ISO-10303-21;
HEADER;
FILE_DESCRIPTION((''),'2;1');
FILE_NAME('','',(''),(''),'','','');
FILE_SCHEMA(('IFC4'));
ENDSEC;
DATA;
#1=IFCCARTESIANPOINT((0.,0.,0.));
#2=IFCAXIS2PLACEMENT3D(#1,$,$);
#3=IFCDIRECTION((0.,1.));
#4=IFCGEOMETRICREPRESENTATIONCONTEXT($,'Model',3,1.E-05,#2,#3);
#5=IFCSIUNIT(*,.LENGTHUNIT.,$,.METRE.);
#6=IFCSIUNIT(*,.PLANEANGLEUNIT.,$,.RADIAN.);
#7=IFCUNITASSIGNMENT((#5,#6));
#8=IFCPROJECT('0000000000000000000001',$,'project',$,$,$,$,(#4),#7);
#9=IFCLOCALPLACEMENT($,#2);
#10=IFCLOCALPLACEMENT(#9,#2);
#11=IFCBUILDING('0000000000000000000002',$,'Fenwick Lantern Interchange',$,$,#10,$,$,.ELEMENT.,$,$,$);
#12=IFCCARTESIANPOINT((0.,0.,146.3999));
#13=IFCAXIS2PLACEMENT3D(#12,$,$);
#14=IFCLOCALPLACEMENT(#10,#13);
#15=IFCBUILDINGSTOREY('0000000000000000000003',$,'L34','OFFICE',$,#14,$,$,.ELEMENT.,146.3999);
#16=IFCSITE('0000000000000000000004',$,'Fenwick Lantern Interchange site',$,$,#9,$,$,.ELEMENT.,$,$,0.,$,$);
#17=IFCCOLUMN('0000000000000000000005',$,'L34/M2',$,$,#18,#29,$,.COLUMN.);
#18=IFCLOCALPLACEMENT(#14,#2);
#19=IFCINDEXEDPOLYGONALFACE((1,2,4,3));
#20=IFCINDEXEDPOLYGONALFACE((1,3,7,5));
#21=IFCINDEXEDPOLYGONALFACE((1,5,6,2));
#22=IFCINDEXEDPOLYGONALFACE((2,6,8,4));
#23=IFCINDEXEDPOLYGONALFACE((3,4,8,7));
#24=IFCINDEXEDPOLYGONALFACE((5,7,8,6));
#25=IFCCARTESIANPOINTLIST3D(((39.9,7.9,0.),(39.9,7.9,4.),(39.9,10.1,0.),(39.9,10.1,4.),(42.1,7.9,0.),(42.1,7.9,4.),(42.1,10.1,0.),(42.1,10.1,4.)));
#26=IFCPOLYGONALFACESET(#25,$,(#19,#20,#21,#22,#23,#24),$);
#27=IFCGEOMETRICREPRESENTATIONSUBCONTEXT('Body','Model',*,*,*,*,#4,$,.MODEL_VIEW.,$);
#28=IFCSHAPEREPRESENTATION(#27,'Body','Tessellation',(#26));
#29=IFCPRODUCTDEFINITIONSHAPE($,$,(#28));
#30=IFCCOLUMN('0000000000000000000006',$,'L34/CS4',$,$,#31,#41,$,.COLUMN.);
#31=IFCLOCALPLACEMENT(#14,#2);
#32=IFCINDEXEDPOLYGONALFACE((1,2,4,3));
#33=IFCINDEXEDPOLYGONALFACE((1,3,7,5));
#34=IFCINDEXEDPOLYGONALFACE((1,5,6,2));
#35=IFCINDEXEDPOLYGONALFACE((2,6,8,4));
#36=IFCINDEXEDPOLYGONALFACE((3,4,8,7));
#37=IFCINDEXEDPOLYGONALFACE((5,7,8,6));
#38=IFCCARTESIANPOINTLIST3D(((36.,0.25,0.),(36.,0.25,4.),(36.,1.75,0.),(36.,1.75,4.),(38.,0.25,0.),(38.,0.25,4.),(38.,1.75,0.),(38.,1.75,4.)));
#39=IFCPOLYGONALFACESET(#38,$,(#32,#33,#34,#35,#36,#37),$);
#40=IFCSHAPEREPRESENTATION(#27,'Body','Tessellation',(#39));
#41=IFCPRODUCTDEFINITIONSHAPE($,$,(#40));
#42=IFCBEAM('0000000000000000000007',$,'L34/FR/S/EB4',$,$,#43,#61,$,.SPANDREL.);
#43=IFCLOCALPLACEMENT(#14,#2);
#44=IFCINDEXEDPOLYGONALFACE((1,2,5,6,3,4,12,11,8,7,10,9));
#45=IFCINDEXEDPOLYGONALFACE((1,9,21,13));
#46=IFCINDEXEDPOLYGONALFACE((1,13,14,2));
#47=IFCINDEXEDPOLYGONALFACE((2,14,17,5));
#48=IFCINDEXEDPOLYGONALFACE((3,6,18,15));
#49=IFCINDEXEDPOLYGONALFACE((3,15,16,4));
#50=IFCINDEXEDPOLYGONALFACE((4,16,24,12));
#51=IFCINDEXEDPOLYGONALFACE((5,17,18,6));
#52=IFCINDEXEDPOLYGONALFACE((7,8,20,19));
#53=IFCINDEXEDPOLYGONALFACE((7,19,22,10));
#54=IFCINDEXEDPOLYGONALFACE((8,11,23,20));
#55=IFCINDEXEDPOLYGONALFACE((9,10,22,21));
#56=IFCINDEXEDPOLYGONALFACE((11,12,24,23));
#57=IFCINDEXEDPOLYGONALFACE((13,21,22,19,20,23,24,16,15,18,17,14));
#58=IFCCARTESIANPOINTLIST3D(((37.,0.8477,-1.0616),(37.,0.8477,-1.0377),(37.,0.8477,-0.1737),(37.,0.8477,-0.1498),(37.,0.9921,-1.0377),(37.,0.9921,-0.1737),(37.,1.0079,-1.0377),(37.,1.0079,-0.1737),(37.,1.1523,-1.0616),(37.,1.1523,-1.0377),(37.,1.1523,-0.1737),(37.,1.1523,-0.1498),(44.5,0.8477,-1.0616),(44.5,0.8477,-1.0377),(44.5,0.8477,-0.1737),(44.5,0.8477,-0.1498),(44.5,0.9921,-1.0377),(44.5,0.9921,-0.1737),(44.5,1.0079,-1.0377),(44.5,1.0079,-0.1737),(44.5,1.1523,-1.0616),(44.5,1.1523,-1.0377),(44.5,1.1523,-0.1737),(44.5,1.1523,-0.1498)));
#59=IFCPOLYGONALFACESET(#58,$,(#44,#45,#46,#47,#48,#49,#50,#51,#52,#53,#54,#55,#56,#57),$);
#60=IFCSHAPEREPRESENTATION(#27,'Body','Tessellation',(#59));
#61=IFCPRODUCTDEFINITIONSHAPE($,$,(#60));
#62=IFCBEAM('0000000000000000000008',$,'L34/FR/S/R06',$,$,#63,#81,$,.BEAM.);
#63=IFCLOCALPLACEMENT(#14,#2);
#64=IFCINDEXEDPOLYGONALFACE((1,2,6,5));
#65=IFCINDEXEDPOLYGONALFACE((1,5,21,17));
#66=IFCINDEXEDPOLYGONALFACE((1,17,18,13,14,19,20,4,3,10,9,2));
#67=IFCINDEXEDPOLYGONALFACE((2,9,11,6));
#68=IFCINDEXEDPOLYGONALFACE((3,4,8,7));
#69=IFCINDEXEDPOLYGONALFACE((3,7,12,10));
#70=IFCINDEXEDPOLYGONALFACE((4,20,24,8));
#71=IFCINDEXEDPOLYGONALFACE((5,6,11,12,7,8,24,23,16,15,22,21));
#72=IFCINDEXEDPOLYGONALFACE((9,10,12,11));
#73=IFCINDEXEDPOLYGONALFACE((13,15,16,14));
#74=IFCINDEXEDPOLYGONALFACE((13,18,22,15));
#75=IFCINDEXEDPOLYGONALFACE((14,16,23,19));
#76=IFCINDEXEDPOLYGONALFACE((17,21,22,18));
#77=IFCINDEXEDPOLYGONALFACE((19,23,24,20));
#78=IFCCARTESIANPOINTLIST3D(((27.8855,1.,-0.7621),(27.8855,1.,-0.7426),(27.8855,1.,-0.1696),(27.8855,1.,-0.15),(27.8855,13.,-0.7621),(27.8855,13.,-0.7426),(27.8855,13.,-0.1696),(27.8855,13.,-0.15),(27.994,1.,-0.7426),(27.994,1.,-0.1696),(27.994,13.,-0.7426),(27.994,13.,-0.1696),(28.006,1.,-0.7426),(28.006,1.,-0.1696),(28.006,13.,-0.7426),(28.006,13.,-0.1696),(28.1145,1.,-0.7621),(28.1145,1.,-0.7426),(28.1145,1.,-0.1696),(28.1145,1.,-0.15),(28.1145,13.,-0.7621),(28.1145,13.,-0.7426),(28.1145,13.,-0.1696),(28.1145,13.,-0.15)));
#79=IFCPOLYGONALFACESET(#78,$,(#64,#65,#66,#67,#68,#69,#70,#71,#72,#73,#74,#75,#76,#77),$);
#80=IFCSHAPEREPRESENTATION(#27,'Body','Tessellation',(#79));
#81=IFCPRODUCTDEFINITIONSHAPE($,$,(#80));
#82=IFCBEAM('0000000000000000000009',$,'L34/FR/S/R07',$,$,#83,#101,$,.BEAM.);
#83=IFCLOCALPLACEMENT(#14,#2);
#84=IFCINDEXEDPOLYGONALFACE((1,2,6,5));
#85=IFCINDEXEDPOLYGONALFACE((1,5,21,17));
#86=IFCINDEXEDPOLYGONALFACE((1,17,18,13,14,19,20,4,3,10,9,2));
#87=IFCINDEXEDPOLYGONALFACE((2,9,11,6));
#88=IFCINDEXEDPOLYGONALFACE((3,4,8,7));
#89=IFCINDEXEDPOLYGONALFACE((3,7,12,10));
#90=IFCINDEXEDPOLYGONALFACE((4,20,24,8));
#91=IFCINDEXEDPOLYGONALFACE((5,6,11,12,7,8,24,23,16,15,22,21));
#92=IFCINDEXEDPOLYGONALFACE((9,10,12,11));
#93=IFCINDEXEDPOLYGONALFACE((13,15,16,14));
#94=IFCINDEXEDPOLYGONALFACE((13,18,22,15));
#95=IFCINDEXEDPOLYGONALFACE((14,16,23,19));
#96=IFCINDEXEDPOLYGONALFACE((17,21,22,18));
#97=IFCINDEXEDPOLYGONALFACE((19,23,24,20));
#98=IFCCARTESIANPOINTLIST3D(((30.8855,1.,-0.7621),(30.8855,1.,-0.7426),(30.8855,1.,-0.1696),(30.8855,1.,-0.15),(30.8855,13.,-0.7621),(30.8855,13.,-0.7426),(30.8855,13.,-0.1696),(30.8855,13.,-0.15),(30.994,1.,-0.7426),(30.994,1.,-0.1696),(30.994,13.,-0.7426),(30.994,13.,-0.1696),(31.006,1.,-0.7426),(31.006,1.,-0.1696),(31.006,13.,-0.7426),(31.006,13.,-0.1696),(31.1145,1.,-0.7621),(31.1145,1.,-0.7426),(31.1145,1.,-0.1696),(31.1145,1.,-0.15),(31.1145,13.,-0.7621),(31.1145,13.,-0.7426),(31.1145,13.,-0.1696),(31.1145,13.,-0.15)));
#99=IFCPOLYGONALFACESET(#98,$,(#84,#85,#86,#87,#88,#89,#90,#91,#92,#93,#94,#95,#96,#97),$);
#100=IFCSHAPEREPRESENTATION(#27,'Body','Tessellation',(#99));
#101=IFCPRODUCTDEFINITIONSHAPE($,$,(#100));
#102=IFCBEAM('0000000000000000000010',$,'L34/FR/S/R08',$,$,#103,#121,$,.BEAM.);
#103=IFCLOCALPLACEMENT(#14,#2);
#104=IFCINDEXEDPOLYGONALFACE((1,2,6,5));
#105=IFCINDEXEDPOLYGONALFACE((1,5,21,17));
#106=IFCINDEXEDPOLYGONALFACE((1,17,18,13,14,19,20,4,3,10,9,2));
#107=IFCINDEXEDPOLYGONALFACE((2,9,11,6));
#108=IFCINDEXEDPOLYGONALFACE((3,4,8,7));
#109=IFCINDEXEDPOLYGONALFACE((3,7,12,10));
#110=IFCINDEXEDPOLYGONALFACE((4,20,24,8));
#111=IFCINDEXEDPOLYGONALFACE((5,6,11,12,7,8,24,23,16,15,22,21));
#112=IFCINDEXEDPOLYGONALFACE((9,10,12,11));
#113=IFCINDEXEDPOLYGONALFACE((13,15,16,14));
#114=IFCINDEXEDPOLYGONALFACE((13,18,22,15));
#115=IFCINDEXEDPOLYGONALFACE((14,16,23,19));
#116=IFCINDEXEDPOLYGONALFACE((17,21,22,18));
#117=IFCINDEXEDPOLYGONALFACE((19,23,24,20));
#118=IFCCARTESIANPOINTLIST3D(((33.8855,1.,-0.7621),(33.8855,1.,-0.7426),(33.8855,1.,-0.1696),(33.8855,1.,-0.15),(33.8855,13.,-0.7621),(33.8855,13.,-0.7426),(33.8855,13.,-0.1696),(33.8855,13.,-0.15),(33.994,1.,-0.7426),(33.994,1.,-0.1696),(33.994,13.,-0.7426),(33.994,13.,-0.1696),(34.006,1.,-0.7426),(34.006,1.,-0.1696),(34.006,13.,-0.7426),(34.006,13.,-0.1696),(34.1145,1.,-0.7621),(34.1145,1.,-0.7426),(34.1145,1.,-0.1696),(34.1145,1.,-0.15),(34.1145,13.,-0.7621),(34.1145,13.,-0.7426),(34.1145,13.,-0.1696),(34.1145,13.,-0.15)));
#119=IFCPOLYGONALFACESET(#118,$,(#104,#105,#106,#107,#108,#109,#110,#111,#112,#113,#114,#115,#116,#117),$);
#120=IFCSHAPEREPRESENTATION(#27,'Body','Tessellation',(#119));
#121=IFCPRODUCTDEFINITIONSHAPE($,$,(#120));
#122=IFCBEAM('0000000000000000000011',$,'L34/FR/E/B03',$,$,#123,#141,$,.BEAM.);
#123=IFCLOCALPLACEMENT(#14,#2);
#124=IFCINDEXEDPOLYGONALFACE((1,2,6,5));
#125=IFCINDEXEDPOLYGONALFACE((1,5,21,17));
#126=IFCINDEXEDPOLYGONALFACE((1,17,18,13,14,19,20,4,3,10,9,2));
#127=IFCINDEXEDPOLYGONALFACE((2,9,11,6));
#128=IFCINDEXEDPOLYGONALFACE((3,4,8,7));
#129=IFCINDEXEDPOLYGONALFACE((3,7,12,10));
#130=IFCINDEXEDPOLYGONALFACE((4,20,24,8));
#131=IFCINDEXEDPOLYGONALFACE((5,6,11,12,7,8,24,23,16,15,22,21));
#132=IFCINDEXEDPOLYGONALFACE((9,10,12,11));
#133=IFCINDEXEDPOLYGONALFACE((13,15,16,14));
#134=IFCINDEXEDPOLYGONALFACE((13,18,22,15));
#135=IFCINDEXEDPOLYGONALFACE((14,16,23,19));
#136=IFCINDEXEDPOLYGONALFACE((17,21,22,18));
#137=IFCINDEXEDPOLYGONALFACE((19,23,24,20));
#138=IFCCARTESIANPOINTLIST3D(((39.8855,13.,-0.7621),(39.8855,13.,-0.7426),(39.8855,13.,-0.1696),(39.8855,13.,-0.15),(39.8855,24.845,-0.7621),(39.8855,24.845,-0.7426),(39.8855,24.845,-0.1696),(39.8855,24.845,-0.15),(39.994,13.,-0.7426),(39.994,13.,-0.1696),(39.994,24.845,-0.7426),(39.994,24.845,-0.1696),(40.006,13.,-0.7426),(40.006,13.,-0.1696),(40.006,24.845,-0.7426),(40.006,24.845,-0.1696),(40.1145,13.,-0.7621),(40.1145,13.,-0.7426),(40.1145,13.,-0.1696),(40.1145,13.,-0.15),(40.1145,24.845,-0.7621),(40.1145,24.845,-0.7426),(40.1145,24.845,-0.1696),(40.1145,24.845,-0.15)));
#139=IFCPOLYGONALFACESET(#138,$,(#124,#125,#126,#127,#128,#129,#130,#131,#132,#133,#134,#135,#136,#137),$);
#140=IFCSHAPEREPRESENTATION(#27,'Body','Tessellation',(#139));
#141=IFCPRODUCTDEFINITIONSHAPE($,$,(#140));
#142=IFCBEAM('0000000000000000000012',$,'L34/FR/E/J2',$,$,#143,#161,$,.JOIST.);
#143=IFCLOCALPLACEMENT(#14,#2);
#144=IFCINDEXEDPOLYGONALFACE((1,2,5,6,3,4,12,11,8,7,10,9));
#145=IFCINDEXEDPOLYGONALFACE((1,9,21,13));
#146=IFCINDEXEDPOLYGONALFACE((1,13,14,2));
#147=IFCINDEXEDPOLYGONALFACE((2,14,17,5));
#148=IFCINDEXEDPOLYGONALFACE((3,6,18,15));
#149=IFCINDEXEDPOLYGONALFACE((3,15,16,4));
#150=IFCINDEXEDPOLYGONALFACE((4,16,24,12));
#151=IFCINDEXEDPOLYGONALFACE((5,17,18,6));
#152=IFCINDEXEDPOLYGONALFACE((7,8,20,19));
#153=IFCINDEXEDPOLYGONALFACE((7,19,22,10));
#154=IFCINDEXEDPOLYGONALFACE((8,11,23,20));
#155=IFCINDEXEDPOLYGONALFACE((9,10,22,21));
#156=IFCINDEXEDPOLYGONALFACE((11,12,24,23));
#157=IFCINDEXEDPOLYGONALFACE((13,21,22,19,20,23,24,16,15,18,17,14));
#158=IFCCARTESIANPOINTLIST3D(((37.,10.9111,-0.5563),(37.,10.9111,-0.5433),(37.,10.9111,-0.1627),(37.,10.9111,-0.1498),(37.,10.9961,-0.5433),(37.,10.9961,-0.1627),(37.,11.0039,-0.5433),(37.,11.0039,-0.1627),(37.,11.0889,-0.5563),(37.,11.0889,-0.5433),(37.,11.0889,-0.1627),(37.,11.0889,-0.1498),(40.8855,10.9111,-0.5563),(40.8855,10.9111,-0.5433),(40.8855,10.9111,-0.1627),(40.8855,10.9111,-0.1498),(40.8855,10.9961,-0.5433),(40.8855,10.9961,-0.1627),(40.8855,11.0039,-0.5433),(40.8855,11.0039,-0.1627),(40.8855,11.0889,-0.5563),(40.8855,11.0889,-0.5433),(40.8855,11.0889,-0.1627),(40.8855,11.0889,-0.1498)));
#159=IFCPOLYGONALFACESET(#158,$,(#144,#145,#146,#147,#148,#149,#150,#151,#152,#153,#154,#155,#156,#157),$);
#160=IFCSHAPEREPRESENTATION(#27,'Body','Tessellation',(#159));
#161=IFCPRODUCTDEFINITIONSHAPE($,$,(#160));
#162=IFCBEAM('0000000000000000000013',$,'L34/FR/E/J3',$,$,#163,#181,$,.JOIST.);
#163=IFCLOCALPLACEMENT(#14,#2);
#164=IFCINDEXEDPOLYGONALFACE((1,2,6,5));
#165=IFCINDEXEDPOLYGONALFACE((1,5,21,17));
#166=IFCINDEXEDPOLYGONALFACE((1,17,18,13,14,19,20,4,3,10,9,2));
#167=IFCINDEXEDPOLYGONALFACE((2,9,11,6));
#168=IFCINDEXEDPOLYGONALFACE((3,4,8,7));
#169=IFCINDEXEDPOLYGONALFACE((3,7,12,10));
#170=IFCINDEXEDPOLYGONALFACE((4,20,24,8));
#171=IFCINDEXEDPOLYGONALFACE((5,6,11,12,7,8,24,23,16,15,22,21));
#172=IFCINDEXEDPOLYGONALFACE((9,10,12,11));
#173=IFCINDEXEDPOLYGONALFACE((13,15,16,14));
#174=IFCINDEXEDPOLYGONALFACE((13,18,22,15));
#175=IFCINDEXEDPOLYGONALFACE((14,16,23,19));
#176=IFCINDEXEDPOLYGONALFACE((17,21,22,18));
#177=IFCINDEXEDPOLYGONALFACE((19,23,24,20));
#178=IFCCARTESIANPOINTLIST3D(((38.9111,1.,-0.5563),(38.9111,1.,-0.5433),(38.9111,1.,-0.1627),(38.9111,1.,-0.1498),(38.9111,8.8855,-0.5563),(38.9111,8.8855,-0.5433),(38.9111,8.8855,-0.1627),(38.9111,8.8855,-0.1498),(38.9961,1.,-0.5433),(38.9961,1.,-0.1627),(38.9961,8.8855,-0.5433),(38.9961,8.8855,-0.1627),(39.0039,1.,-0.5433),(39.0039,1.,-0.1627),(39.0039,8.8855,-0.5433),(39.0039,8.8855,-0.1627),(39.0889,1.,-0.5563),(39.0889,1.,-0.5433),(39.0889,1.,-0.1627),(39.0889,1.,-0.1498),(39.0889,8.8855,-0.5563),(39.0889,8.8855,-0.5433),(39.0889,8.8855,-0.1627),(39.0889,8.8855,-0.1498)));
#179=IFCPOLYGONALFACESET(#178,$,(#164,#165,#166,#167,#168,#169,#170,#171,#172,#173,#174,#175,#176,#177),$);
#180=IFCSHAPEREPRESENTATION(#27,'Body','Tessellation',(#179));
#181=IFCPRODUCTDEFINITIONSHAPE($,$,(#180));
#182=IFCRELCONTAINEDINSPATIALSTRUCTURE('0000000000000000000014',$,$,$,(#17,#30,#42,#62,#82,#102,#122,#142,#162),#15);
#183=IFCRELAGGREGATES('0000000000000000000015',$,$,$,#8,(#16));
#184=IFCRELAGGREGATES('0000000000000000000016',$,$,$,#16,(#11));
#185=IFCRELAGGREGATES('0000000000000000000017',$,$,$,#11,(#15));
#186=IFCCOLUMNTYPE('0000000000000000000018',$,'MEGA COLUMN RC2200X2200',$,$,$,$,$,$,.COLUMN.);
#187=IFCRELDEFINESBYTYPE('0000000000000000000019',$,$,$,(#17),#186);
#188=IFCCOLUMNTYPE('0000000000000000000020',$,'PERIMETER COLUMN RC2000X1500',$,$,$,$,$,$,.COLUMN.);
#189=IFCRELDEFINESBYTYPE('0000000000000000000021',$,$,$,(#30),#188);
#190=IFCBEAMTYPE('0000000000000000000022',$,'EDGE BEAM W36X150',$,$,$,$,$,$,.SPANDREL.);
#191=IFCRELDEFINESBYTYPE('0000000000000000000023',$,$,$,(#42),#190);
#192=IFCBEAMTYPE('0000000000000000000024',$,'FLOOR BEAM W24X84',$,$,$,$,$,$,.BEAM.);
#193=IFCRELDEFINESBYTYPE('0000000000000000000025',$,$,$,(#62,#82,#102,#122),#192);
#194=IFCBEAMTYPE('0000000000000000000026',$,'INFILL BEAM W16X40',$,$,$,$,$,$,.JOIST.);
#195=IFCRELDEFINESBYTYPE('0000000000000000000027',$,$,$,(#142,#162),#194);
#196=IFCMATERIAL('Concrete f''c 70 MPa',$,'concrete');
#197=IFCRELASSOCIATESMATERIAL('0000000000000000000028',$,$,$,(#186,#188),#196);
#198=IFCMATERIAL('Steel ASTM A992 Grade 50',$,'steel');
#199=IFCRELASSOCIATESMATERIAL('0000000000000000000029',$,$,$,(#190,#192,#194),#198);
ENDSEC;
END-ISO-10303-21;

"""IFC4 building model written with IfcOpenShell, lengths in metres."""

from ifc_helpers import new_model, si_unit, direction, frame, origin, origin_2d, place, context, subcontext, project, spatial, rectangle, i_section, extrude, material, material_profile, profile_set, type_object, element, save


model = new_model("IFC4")

# Units and contexts
model_context = context("Model", 3, precision=1e-05, world=origin(), true_north=direction((0.0, 1.0)))
body_context = subcontext(model_context, "Body", "Model", "MODEL_VIEW")
ifc_project = project(units=[si_unit("LENGTHUNIT", "METRE"), si_unit("PLANEANGLEUNIT", "RADIAN")], contexts=[model_context])

# Site, building, storey
site_placement = place(None, origin())
site = spatial("IfcSite", under=ifc_project, at=site_placement, Name="Fenwick Lantern Interchange site", CompositionType="ELEMENT", RefElevation=0.0)
building_placement = place(site_placement, origin())
building = spatial("IfcBuilding", under=site, at=building_placement, Name="Fenwick Lantern Interchange", CompositionType="ELEMENT")
storey_placement = place(building_placement, frame((0.0, 0.0, 146.3999)))
storey = spatial("IfcBuildingStorey", under=building, at=storey_placement, Name="L34", Description="OFFICE", CompositionType="ELEMENT", Elevation=146.3999)

# Columns
ifc_material_1 = material(Name="Concrete f'c 70 MPa", Category="concrete")
ifc_material_profile_1 = material_profile(ifc_material_1, rectangle(XDim=2.2, YDim=2.2, at=origin_2d()), Name="RC2200X2200")
ifc_profile_set_1 = profile_set([ifc_material_profile_1], Name="Concrete f'c 70 MPa")
column_type_1 = type_object("IfcColumnType", Name="MEGA COLUMN RC2200X2200", PredefinedType="COLUMN", material=ifc_profile_set_1)
column_1_placement = place(storey_placement, frame((41.0, 9.0, 0.0), z_axis=(0.0, 0.0, 1.0), x_axis=(1.0, 0.0, 0.0)))
element("IfcColumn", 1, at=column_1_placement, inside=storey, type_object=column_type_1, Name="L34/M2", PredefinedType="COLUMN", context=body_context, shape_type="SweptSolid", body=[
    extrude(rectangle(XDim=2.2, YDim=2.2, at=origin_2d()), origin(), (0.0, 0.0, 1.0), 4.0),
])
ifc_material_profile_2 = material_profile(ifc_material_1, rectangle(XDim=2.0, YDim=1.5, at=origin_2d()), Name="RC2000X1500")
ifc_profile_set_2 = profile_set([ifc_material_profile_2], Name="Concrete f'c 70 MPa")
column_type_2 = type_object("IfcColumnType", Name="PERIMETER COLUMN RC2000X1500", PredefinedType="COLUMN", material=ifc_profile_set_2)
column_2_placement = place(storey_placement, frame((37.0, 1.0, 0.0), z_axis=(0.0, 0.0, 1.0), x_axis=(1.0, 0.0, 0.0)))
element("IfcColumn", 2, at=column_2_placement, inside=storey, type_object=column_type_2, Name="L34/CS4", PredefinedType="COLUMN", context=body_context, shape_type="SweptSolid", body=[
    extrude(rectangle(XDim=2.0, YDim=1.5, at=origin_2d()), origin(), (0.0, 0.0, 1.0), 4.0),
])

# Beams
ifc_material_2 = material(Name="Steel ASTM A992 Grade 50", Category="steel")
ifc_material_profile_3 = material_profile(ifc_material_2, i_section(OverallWidth=0.3047, OverallDepth=0.9119, WebThickness=0.0159, FlangeThickness=0.0239, at=origin_2d()), Name="W36X150")
ifc_profile_set_3 = profile_set([ifc_material_profile_3], Name="Steel ASTM A992 Grade 50")
beam_type_1 = type_object("IfcBeamType", Name="EDGE BEAM W36X150", PredefinedType="SPANDREL", material=ifc_profile_set_3)
beam_1_placement = place(storey_placement, frame((37.0, 1.0, -0.6057), z_axis=(1.0, 0.0, 0.0), x_axis=(0.0, 1.0, 0.0)))
element("IfcBeam", 3, at=beam_1_placement, inside=storey, type_object=beam_type_1, Name="L34/FR/S/EB4", PredefinedType="SPANDREL", context=body_context, shape_type="SweptSolid", body=[
    extrude(i_section(OverallWidth=0.3047, OverallDepth=0.9119, WebThickness=0.0159, FlangeThickness=0.0239, at=origin_2d()), origin(), (0.0, 0.0, 1.0), 7.5),
])
ifc_material_profile_4 = material_profile(ifc_material_2, i_section(OverallWidth=0.229, OverallDepth=0.6121, WebThickness=0.012, FlangeThickness=0.0195, at=origin_2d()), Name="W24X84")
ifc_profile_set_4 = profile_set([ifc_material_profile_4], Name="Steel ASTM A992 Grade 50")
beam_type_2 = type_object("IfcBeamType", Name="FLOOR BEAM W24X84", PredefinedType="BEAM", material=ifc_profile_set_4)
for number, where, z_axis, x_axis, name in (
    (4, (28.0, 1.0, -0.4561), (0.0, 1.0, 0.0), (-1.0, 0.0, 0.0), "L34/FR/S/R06"),
    (5, (31.0, 1.0, -0.4561), (0.0, 1.0, 0.0), (-1.0, 0.0, 0.0), "L34/FR/S/R07"),
    (6, (34.0, 1.0, -0.4561), (0.0, 1.0, 0.0), (-1.0, 0.0, 0.0), "L34/FR/S/R08"),
):
    element("IfcBeam", number, at=place(storey_placement, frame(where, z_axis=z_axis, x_axis=x_axis)), inside=storey, type_object=beam_type_2, Name=name, PredefinedType="BEAM", context=body_context, shape_type="SweptSolid", body=[
        extrude(i_section(OverallWidth=0.229, OverallDepth=0.6121, WebThickness=0.012, FlangeThickness=0.0195, at=origin_2d()), origin(), (0.0, 0.0, 1.0), 12.0),
    ])
beam_2_placement = place(storey_placement, frame((40.0, 13.0, -0.4561), z_axis=(0.0, 1.0, 0.0), x_axis=(-1.0, 0.0, 0.0)))
element("IfcBeam", 7, at=beam_2_placement, inside=storey, type_object=beam_type_2, Name="L34/FR/E/B03", PredefinedType="BEAM", context=body_context, shape_type="SweptSolid", body=[
    extrude(i_section(OverallWidth=0.229, OverallDepth=0.6121, WebThickness=0.012, FlangeThickness=0.0195, at=origin_2d()), origin(), (0.0, 0.0, 1.0), 11.845),
])
ifc_material_profile_5 = material_profile(ifc_material_2, i_section(OverallWidth=0.1777, OverallDepth=0.4065, WebThickness=0.0078, FlangeThickness=0.0129, at=origin_2d()), Name="W16X40")
ifc_profile_set_5 = profile_set([ifc_material_profile_5], Name="Steel ASTM A992 Grade 50")
beam_type_3 = type_object("IfcBeamType", Name="INFILL BEAM W16X40", PredefinedType="JOIST", material=ifc_profile_set_5)
beam_3_placement = place(storey_placement, frame((40.8855, 11.0, -0.353), z_axis=(-1.0, 0.0, 0.0), x_axis=(0.0, -1.0, 0.0)))
element("IfcBeam", 8, at=beam_3_placement, inside=storey, type_object=beam_type_3, Name="L34/FR/E/J2", PredefinedType="JOIST", context=body_context, shape_type="SweptSolid", body=[
    extrude(i_section(OverallWidth=0.1777, OverallDepth=0.4065, WebThickness=0.0078, FlangeThickness=0.0129, at=origin_2d()), origin(), (0.0, 0.0, 1.0), 3.8855),
])
beam_4_placement = place(storey_placement, frame((39.0, 1.0, -0.353), z_axis=(0.0, 1.0, 0.0), x_axis=(-1.0, 0.0, 0.0)))
element("IfcBeam", 9, at=beam_4_placement, inside=storey, type_object=beam_type_3, Name="L34/FR/E/J3", PredefinedType="JOIST", context=body_context, shape_type="SweptSolid", body=[
    extrude(i_section(OverallWidth=0.1777, OverallDepth=0.4065, WebThickness=0.0078, FlangeThickness=0.0129, at=origin_2d()), origin(), (0.0, 0.0, 1.0), 7.8855),
])

save(model, "model.ifc")
